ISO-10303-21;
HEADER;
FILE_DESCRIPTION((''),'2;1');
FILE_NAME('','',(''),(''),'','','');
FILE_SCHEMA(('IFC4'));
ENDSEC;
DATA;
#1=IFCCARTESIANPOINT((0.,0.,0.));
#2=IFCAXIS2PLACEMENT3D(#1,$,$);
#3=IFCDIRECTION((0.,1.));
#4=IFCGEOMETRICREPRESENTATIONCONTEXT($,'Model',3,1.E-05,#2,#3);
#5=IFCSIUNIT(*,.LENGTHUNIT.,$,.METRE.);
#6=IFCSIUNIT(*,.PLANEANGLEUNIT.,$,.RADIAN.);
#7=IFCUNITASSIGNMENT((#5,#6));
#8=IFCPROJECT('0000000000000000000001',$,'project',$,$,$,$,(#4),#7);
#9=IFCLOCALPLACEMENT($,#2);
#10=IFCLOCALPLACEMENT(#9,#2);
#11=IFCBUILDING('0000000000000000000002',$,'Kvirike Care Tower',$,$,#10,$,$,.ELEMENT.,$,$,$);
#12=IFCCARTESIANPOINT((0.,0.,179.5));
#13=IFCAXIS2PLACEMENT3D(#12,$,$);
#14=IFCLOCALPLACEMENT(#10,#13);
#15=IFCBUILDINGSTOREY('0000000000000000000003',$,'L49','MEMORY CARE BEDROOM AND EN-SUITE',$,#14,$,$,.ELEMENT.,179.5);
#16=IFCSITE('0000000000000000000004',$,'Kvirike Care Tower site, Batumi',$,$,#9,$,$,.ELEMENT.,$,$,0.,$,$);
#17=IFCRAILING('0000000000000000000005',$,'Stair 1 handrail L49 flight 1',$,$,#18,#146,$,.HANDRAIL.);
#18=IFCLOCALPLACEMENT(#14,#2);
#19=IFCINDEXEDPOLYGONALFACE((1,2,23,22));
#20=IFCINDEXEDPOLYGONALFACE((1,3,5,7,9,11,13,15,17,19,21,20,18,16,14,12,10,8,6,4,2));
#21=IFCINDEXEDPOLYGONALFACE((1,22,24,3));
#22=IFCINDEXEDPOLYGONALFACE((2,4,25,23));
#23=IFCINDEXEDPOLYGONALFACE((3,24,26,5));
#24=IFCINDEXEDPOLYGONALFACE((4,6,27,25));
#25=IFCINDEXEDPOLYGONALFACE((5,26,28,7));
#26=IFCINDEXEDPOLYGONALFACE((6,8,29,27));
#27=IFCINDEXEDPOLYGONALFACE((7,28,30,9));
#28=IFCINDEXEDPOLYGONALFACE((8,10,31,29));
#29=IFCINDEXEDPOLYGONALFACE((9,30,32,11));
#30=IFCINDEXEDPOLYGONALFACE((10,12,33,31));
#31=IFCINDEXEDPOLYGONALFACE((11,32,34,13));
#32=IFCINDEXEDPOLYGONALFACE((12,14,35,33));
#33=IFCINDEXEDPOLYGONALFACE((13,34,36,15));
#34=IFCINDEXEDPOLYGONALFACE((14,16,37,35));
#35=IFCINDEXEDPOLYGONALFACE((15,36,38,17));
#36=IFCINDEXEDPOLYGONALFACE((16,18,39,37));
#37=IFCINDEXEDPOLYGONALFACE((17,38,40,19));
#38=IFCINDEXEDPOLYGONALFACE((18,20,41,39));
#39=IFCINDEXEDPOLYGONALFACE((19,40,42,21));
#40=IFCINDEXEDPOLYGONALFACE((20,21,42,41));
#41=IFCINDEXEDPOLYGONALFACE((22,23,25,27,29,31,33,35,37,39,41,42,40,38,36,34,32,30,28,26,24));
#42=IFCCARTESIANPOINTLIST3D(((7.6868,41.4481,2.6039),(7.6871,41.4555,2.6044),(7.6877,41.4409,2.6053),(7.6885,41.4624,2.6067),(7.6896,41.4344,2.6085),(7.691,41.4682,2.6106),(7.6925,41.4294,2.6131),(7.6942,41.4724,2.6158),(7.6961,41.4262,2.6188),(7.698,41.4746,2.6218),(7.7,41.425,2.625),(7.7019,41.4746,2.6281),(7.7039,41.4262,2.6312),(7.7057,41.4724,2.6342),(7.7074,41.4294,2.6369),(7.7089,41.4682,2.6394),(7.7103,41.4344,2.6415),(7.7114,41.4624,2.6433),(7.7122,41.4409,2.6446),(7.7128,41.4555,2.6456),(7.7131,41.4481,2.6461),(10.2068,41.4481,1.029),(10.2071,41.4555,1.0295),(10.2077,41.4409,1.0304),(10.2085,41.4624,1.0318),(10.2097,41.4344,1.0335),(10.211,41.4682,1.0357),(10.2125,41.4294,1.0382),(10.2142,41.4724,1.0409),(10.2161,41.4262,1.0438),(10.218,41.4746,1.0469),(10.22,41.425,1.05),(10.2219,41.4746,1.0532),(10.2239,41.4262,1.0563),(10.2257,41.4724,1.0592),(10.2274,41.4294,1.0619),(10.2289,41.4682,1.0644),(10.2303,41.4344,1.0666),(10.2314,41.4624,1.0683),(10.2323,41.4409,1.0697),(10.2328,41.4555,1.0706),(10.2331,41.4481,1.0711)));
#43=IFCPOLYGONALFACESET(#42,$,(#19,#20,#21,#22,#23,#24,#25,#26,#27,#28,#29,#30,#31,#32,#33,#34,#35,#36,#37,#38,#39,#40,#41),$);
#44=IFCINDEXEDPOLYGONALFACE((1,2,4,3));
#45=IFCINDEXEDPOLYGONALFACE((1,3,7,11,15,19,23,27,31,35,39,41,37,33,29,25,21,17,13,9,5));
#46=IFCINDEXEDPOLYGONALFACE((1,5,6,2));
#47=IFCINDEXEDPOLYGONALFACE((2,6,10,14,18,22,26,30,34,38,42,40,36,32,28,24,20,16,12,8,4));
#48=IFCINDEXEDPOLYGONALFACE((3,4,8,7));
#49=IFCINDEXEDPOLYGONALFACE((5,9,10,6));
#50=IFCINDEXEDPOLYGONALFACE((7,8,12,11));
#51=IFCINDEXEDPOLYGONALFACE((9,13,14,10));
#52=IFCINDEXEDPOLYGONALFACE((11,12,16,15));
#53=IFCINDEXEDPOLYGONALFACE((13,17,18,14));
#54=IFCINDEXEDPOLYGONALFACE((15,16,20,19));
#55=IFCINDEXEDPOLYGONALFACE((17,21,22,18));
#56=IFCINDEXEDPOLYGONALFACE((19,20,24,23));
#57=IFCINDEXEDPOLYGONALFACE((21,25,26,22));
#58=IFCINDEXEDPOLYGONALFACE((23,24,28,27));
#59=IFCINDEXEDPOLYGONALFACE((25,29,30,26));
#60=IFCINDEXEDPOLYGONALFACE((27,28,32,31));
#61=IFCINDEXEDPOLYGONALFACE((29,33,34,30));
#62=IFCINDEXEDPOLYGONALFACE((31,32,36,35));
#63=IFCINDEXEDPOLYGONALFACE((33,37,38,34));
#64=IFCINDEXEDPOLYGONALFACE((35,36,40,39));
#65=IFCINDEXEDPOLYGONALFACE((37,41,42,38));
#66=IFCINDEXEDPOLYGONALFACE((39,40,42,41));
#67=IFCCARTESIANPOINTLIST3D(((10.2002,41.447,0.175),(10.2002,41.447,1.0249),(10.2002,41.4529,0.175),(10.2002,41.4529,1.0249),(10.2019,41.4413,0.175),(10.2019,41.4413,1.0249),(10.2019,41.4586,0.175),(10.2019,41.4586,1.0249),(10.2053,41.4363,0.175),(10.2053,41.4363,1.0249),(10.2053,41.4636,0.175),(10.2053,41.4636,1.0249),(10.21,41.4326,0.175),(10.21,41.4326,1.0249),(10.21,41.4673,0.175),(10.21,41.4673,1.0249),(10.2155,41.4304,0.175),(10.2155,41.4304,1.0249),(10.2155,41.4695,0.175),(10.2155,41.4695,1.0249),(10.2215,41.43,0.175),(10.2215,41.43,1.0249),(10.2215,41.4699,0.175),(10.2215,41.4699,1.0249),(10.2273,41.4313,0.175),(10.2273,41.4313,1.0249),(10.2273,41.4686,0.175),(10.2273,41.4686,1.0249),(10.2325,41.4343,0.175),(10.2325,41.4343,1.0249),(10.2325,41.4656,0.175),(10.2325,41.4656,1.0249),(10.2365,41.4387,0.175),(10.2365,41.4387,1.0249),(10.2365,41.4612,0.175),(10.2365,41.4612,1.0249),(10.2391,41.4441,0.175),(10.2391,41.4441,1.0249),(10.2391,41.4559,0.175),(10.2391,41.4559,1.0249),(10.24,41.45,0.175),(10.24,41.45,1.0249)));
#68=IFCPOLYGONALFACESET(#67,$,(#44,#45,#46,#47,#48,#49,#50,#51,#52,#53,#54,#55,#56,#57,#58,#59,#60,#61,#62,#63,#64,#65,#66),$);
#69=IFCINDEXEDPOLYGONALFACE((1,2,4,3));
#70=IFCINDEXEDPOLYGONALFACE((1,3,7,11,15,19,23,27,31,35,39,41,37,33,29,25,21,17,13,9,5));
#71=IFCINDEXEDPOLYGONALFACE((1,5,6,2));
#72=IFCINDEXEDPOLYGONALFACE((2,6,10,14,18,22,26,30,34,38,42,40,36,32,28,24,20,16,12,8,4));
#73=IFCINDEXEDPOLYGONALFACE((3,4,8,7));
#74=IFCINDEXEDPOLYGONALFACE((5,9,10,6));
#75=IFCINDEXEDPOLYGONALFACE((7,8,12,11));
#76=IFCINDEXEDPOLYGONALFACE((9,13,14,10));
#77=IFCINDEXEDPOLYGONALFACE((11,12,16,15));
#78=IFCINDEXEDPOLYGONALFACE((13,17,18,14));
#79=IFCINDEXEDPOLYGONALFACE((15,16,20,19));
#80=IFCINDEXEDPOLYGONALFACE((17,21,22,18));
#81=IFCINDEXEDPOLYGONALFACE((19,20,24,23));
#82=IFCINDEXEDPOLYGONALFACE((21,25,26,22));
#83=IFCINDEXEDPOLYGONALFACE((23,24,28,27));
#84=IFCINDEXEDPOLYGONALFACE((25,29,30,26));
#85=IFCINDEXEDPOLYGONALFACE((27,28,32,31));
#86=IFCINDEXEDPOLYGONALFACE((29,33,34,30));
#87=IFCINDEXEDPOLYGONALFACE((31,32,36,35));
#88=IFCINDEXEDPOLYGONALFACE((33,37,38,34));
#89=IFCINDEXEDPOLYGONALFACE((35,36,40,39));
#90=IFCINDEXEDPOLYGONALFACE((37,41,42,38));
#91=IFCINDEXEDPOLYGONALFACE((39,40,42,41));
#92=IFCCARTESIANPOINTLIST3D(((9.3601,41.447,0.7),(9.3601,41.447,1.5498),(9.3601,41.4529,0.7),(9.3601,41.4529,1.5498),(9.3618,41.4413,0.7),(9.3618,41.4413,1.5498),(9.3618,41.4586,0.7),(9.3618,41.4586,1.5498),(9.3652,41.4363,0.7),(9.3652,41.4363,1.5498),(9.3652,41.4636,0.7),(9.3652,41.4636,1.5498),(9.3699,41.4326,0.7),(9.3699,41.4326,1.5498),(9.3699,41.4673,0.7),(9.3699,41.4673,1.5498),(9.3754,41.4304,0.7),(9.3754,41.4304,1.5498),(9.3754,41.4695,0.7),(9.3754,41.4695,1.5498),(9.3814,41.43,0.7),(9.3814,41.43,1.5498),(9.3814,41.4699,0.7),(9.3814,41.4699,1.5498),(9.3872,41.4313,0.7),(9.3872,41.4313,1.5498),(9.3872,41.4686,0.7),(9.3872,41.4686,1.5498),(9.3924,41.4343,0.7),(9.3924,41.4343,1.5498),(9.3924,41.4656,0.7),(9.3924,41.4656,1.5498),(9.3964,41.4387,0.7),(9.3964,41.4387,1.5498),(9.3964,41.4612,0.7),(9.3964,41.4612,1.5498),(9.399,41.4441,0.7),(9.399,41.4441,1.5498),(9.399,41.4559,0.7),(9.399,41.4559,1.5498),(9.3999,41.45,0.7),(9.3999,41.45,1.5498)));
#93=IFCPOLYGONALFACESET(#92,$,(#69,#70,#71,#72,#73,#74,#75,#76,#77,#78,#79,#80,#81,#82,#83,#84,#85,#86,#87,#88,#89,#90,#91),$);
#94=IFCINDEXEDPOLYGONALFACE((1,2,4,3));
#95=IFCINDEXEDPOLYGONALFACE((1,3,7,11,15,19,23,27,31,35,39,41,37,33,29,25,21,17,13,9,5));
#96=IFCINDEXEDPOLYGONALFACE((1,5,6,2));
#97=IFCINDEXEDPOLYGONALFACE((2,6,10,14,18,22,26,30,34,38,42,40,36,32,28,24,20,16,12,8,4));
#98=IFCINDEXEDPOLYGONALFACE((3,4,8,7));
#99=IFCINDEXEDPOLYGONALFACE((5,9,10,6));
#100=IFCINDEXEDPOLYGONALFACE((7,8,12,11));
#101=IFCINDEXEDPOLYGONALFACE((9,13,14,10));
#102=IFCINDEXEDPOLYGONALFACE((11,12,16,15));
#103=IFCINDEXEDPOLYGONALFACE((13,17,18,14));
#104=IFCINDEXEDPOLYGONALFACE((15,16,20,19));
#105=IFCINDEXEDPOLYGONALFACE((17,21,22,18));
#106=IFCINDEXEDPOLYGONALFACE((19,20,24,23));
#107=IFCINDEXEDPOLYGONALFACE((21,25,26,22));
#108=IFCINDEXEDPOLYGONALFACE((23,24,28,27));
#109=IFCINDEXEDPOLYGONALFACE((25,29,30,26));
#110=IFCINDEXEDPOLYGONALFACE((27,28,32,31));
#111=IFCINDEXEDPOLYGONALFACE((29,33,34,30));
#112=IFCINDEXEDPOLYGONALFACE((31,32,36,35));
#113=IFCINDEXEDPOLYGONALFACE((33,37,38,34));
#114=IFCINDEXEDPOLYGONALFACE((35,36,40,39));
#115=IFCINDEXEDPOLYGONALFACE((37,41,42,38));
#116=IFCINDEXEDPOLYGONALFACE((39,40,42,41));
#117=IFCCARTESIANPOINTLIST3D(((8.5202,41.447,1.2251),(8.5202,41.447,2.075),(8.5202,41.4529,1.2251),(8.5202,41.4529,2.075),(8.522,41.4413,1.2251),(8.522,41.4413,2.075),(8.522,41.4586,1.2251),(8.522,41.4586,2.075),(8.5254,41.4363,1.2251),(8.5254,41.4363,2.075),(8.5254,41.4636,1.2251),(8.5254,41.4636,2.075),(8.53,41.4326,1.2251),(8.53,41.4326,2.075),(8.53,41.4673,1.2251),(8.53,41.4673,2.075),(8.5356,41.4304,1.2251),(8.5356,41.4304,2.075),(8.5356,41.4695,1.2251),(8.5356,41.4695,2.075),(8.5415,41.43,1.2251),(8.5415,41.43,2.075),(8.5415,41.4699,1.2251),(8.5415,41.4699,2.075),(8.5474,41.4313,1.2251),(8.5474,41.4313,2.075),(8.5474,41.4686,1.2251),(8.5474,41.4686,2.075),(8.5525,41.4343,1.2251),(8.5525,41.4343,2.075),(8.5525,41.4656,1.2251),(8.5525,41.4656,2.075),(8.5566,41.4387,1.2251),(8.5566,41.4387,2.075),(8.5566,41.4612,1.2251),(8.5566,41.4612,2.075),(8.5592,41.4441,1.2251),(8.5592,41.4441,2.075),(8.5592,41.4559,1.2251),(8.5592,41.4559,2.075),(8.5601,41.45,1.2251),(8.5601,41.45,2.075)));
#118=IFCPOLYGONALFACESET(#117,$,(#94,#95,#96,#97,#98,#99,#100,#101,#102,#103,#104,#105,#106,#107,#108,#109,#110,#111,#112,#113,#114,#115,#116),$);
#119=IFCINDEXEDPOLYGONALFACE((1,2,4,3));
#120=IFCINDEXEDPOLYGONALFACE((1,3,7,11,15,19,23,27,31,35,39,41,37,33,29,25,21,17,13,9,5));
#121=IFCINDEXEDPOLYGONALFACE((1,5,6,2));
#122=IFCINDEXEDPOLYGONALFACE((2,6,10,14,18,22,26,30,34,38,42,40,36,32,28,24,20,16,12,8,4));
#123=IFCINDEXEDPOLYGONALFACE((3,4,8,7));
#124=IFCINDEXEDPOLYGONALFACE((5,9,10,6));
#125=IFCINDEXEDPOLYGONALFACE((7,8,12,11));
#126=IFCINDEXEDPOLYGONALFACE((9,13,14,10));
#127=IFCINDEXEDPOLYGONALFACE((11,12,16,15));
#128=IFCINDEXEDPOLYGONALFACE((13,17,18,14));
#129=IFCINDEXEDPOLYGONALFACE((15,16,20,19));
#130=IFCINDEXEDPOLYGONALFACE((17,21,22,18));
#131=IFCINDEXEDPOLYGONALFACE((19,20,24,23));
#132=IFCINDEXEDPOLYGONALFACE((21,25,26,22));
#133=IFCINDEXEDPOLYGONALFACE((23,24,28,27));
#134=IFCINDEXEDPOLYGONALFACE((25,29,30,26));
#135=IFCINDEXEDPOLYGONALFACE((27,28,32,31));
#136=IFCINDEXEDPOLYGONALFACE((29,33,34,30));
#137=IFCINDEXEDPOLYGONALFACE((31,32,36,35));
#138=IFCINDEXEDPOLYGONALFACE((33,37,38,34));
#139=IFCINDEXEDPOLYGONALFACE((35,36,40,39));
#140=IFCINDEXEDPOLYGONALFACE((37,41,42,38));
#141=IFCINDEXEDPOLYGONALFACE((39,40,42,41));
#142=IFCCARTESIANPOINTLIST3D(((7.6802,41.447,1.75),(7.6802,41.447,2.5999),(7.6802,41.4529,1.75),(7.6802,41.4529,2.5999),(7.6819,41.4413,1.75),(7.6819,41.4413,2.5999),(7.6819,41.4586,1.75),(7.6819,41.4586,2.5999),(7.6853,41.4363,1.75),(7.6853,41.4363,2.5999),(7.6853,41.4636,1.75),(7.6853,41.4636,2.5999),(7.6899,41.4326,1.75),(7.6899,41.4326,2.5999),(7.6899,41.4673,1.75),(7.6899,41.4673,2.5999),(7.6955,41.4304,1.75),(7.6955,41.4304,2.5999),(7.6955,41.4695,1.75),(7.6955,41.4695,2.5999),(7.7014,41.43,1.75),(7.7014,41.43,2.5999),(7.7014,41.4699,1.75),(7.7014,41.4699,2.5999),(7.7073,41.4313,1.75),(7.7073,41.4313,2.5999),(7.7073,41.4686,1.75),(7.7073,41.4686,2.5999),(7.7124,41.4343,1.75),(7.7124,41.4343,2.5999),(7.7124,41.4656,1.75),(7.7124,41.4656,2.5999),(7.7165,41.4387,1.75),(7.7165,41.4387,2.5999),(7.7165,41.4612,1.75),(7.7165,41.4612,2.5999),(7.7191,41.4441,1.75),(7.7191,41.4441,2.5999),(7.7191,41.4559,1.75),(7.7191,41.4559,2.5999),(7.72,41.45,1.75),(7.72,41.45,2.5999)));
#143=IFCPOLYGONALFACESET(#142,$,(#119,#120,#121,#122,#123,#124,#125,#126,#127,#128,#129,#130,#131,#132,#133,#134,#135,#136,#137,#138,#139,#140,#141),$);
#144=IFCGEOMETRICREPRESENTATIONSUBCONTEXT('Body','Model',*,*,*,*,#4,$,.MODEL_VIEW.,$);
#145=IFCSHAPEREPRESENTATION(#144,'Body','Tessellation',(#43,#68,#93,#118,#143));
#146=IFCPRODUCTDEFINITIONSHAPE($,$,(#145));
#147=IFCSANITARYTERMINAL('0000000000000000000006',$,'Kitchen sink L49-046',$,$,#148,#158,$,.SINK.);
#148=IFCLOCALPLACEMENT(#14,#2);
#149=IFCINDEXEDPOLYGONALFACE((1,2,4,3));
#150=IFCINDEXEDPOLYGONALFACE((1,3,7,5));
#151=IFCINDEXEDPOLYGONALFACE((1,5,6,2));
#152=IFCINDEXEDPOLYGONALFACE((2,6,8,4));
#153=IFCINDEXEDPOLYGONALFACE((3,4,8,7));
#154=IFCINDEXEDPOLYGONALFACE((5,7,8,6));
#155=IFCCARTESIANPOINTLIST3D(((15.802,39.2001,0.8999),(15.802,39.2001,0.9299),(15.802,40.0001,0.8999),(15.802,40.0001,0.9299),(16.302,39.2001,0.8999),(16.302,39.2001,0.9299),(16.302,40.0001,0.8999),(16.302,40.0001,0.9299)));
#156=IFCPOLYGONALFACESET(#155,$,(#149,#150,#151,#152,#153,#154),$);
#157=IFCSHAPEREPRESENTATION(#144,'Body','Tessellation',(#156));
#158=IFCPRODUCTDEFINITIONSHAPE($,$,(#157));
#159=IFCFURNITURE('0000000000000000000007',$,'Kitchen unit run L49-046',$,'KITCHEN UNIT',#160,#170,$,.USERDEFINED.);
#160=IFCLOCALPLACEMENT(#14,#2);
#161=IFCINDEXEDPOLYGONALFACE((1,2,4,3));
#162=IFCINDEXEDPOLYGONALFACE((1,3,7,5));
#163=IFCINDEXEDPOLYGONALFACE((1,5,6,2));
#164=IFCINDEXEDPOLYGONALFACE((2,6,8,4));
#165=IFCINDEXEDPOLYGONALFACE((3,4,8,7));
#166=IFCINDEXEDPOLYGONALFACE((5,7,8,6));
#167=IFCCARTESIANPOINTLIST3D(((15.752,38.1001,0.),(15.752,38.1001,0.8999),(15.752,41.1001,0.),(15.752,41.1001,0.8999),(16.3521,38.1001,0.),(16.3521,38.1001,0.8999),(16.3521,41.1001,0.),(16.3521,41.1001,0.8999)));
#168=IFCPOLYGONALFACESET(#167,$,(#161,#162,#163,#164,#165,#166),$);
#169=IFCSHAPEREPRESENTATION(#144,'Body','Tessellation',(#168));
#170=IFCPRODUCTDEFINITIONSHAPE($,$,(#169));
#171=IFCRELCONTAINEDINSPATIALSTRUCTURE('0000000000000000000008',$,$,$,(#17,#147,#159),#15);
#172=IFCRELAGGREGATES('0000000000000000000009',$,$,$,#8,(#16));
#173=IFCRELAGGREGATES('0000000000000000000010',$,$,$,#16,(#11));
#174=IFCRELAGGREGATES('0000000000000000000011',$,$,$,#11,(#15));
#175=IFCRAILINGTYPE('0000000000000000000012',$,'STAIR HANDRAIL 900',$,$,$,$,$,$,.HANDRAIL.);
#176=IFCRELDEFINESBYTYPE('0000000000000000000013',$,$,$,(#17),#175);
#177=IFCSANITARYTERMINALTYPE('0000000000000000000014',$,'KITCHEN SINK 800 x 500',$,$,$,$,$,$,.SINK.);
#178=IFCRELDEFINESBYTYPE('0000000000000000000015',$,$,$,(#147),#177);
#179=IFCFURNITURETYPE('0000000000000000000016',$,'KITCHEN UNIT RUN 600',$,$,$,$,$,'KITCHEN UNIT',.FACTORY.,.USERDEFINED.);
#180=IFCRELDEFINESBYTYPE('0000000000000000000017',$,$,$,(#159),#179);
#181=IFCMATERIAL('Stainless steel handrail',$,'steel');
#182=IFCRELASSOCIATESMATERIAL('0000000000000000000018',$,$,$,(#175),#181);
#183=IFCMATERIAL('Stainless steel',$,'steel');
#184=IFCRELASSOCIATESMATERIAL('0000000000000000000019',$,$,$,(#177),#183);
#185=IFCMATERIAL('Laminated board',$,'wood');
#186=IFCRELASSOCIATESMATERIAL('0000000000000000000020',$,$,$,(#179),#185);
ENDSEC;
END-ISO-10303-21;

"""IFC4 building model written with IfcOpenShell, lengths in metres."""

from ifc_helpers import new_model, si_unit, direction, frame, origin, origin_2d, place, context, subcontext, project, spatial, rectangle, circle, extrude, material, type_object, element, save


model = new_model("IFC4")

# Units and contexts
model_context = context("Model", 3, precision=1e-05, world=origin(), true_north=direction((0.0, 1.0)))
body_context = subcontext(model_context, "Body", "Model", "MODEL_VIEW")
ifc_project = project(units=[si_unit("LENGTHUNIT", "METRE"), si_unit("PLANEANGLEUNIT", "RADIAN")], contexts=[model_context])

# Site, building, storey
site_placement = place(None, origin())
site = spatial("IfcSite", under=ifc_project, at=site_placement, Name="Kvirike Care Tower site, Batumi", CompositionType="ELEMENT", RefElevation=0.0)
building_placement = place(site_placement, origin())
building = spatial("IfcBuilding", under=site, at=building_placement, Name="Kvirike Care Tower", CompositionType="ELEMENT")
storey_placement = place(building_placement, frame((0.0, 0.0, 179.5)))
storey = spatial("IfcBuildingStorey", under=building, at=storey_placement, Name="L49", Description="MEMORY CARE BEDROOM AND EN-SUITE", CompositionType="ELEMENT", Elevation=179.5)

# Railing
ifc_material_1 = material(Name="Stainless steel handrail", Category="steel")
railing_type = type_object("IfcRailingType", Name="STAIR HANDRAIL 900", PredefinedType="HANDRAIL", material=ifc_material_1)
railing_placement = place(storey_placement, frame((10.22, 41.45, 0.175)))
element("IfcRailing", 1, at=railing_placement, inside=storey, type_object=railing_type, Name="Stair 1 handrail L49 flight 1", PredefinedType="HANDRAIL", context=body_context, shape_type="SweptSolid", body=[
    extrude(circle(Radius=0.0249, at=origin_2d()), frame((0.0, 0.0, 0.875), z_axis=(-0.848008, 0.0, 0.529984), x_axis=(0.0, -1.0, 0.0)), (0.0, 0.0, 1.0), 2.9717),
    extrude(circle(Radius=0.02, at=origin_2d()), origin(), (0.0, 0.0, 1.0), 0.8499),
    extrude(circle(Radius=0.02, at=origin_2d()), frame((-0.8401, 0.0, 0.5249)), (0.0, 0.0, 1.0), 0.8499),
    extrude(circle(Radius=0.02, at=origin_2d()), frame((-1.6799, 0.0, 1.05)), (0.0, 0.0, 1.0), 0.8499),
    extrude(circle(Radius=0.02, at=origin_2d()), frame((-2.52, 0.0, 1.575)), (0.0, 0.0, 1.0), 0.8499),
])

# Sanitary terminal
ifc_material_2 = material(Name="Stainless steel", Category="steel")
sanitary_terminal_type = type_object("IfcSanitaryTerminalType", Name="KITCHEN SINK 800 x 500", PredefinedType="SINK", material=ifc_material_2)
sanitary_terminal_placement = place(storey_placement, frame((16.052, 39.6001, 0.8999), z_axis=(0.0, 0.0, 1.0), x_axis=(0.0, 1.0, 0.0)))
element("IfcSanitaryTerminal", 2, at=sanitary_terminal_placement, inside=storey, type_object=sanitary_terminal_type, Name="Kitchen sink L49-046", PredefinedType="SINK", context=body_context, shape_type="SweptSolid", body=[
    extrude(rectangle(XDim=0.8, YDim=0.5, at=origin_2d()), origin(), (0.0, 0.0, 1.0), 0.03),
])

# Furniture
ifc_material_3 = material(Name="Laminated board", Category="wood")
furniture_type = type_object("IfcFurnitureType", Name="KITCHEN UNIT RUN 600", ElementType="KITCHEN UNIT", AssemblyPlace="FACTORY", PredefinedType="USERDEFINED", material=ifc_material_3)
furniture_placement = place(storey_placement, frame((16.052, 39.6001, 0.0), z_axis=(0.0, 0.0, 1.0), x_axis=(0.0, 1.0, 0.0)))
element("IfcFurniture", 3, at=furniture_placement, inside=storey, type_object=furniture_type, Name="Kitchen unit run L49-046", ObjectType="KITCHEN UNIT", PredefinedType="USERDEFINED", context=body_context, shape_type="SweptSolid", body=[
    extrude(rectangle(XDim=3.0, YDim=0.6001, at=origin_2d()), origin(), (0.0, 0.0, 1.0), 0.8999),
])

save(model, "model.ifc")
